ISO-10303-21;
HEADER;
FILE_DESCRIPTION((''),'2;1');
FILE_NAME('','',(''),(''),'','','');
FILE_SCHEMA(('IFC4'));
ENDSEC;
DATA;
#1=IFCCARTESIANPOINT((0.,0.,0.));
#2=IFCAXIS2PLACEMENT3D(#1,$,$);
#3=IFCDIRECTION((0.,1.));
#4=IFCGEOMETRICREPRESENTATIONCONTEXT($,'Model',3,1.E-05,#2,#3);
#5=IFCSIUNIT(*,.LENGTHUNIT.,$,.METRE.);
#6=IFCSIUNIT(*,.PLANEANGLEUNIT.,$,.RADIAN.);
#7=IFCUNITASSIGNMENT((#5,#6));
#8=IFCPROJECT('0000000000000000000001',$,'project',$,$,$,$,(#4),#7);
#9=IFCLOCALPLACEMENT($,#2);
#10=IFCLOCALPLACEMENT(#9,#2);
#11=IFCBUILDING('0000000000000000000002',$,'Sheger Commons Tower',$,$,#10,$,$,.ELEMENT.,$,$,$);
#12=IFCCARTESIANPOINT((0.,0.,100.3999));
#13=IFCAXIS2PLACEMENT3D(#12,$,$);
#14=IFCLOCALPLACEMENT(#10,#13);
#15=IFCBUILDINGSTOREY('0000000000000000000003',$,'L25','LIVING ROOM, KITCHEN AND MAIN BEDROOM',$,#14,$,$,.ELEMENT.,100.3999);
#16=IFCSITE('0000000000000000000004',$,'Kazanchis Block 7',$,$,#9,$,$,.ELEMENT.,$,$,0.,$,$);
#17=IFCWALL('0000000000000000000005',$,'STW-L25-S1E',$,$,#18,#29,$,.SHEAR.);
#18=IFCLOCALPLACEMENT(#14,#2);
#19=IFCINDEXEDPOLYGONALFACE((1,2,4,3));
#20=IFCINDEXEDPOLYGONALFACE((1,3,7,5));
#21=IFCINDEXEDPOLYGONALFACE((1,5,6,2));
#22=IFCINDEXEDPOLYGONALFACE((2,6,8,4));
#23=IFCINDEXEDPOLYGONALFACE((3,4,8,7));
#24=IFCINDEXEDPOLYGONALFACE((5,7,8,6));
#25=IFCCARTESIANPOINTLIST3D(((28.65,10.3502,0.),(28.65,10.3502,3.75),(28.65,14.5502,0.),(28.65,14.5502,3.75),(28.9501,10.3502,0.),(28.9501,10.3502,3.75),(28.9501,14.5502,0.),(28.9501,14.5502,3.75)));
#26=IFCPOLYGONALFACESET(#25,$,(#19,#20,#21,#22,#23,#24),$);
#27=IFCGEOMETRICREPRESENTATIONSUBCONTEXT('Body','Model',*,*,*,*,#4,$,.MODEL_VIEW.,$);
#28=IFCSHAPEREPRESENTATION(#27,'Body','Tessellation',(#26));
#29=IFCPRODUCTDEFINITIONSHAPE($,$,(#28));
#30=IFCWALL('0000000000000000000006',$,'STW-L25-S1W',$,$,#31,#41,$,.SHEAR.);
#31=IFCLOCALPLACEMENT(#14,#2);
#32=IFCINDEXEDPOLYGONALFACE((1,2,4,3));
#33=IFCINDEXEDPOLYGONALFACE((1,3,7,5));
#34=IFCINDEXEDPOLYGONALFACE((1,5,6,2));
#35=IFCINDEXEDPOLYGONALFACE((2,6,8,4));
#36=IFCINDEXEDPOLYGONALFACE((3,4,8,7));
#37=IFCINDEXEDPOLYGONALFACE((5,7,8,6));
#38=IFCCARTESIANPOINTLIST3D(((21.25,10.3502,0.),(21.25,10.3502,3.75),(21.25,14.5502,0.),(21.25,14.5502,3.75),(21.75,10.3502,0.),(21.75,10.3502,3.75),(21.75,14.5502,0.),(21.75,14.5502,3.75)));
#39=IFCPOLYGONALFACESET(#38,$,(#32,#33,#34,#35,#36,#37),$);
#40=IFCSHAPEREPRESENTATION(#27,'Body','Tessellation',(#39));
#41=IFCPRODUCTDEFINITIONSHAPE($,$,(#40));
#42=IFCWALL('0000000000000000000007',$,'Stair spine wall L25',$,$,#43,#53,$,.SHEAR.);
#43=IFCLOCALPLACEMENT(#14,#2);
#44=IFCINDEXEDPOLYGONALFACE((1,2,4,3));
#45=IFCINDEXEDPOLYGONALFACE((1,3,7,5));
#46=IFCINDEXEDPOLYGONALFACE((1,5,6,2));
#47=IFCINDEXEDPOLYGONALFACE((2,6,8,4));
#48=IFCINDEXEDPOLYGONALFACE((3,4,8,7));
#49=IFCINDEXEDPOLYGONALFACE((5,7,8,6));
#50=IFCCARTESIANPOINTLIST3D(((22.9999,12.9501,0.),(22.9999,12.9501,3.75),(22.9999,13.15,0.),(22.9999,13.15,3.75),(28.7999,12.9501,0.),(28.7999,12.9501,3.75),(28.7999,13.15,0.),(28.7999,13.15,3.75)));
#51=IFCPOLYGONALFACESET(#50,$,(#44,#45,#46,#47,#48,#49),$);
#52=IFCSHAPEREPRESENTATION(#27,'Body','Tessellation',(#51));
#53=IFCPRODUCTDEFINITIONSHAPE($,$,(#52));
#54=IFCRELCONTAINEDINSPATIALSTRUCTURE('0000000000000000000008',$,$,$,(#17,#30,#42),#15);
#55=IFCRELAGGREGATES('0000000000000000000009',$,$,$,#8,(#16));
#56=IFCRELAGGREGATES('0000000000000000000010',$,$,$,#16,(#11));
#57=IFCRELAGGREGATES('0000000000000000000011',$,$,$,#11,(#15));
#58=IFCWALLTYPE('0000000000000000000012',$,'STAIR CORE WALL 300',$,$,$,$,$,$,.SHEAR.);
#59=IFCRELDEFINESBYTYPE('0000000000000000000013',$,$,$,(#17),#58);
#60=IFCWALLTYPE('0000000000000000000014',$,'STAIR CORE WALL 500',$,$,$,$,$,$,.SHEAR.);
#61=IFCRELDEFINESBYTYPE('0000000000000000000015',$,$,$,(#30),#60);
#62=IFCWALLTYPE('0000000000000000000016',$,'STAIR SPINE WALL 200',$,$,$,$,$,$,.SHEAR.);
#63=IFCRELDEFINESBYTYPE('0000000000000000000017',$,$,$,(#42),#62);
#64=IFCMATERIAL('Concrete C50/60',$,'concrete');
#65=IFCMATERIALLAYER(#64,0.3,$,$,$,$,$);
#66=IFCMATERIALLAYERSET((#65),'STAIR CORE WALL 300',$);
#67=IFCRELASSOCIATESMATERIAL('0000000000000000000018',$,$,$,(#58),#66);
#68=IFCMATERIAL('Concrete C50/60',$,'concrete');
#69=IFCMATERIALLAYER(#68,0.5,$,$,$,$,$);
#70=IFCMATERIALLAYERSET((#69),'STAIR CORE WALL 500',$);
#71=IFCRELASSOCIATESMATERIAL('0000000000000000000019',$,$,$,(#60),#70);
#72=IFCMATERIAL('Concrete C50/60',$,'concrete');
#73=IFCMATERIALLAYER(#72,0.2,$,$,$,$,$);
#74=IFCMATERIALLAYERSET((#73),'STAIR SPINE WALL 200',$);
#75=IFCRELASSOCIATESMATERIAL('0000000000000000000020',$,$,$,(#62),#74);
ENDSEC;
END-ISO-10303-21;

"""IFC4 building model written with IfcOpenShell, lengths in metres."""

from ifc_helpers import new_model, si_unit, direction, frame, frame_2d, origin, place, context, subcontext, project, spatial, rectangle, extrude, material, layer, layer_set, type_object, element, save


model = new_model("IFC4")

# Units and contexts
model_context = context("Model", 3, precision=1e-05, world=origin(), true_north=direction((0.0, 1.0)))
body_context = subcontext(model_context, "Body", "Model", "MODEL_VIEW")
ifc_project = project(units=[si_unit("LENGTHUNIT", "METRE"), si_unit("PLANEANGLEUNIT", "RADIAN")], contexts=[model_context])

# Site, building, storey
site_placement = place(None, origin())
site = spatial("IfcSite", under=ifc_project, at=site_placement, Name="Kazanchis Block 7", CompositionType="ELEMENT", RefElevation=0.0)
building_placement = place(site_placement, origin())
building = spatial("IfcBuilding", under=site, at=building_placement, Name="Sheger Commons Tower", CompositionType="ELEMENT")
storey_placement = place(building_placement, frame((0.0, 0.0, 100.3999)))
storey = spatial("IfcBuildingStorey", under=building, at=storey_placement, Name="L25", Description="LIVING ROOM, KITCHEN AND MAIN BEDROOM", CompositionType="ELEMENT", Elevation=100.3999)

# Shared definitions
ifc_material_1 = material(Name="Concrete C50/60", Category="concrete")
ifc_layer_1 = layer(ifc_material_1, 0.3)
ifc_layer_set_1 = layer_set([ifc_layer_1], Name="STAIR CORE WALL 300")
wall_type_1 = type_object("IfcWallType", Name="STAIR CORE WALL 300", PredefinedType="SHEAR", material=ifc_layer_set_1)

# Walls
wall_1_placement = place(storey_placement, frame((28.8, 10.3501, 0.0), z_axis=(0.0, 0.0, 1.0), x_axis=(0.0, 1.0, 0.0)))
element("IfcWall", 1, at=wall_1_placement, inside=storey, type_object=wall_type_1, Name="STW-L25-S1E", PredefinedType="SHEAR", context=body_context, shape_type="SweptSolid", body=[
    extrude(rectangle(XDim=4.2, YDim=0.3, at=frame_2d((2.1001, 0.0))), origin(), (0.0, 0.0, 1.0), 3.75),
])
ifc_material_2 = material(Name="Concrete C50/60", Category="concrete")
ifc_layer_2 = layer(ifc_material_2, 0.5)
ifc_layer_set_2 = layer_set([ifc_layer_2], Name="STAIR CORE WALL 500")
wall_type_2 = type_object("IfcWallType", Name="STAIR CORE WALL 500", PredefinedType="SHEAR", material=ifc_layer_set_2)
wall_2_placement = place(storey_placement, frame((21.5, 10.3501, 0.0), z_axis=(0.0, 0.0, 1.0), x_axis=(0.0, 1.0, 0.0)))
element("IfcWall", 2, at=wall_2_placement, inside=storey, type_object=wall_type_2, Name="STW-L25-S1W", PredefinedType="SHEAR", context=body_context, shape_type="SweptSolid", body=[
    extrude(rectangle(XDim=4.2, YDim=0.5, at=frame_2d((2.1001, 0.0))), origin(), (0.0, 0.0, 1.0), 3.75),
])
ifc_material_3 = material(Name="Concrete C50/60", Category="concrete")
ifc_layer_3 = layer(ifc_material_3, 0.2)
ifc_layer_set_3 = layer_set([ifc_layer_3], Name="STAIR SPINE WALL 200")
wall_type_3 = type_object("IfcWallType", Name="STAIR SPINE WALL 200", PredefinedType="SHEAR", material=ifc_layer_set_3)
wall_3_placement = place(storey_placement, frame((23.0, 13.05, 0.0), z_axis=(0.0, 0.0, 1.0), x_axis=(1.0, 0.0, 0.0)))
element("IfcWall", 3, at=wall_3_placement, inside=storey, type_object=wall_type_3, Name="Stair spine wall L25", PredefinedType="SHEAR", context=body_context, shape_type="SweptSolid", body=[
    extrude(rectangle(XDim=5.8, YDim=0.2, at=frame_2d((2.8999, 0.0))), origin(), (0.0, 0.0, 1.0), 3.75),
])

save(model, "model.ifc")
